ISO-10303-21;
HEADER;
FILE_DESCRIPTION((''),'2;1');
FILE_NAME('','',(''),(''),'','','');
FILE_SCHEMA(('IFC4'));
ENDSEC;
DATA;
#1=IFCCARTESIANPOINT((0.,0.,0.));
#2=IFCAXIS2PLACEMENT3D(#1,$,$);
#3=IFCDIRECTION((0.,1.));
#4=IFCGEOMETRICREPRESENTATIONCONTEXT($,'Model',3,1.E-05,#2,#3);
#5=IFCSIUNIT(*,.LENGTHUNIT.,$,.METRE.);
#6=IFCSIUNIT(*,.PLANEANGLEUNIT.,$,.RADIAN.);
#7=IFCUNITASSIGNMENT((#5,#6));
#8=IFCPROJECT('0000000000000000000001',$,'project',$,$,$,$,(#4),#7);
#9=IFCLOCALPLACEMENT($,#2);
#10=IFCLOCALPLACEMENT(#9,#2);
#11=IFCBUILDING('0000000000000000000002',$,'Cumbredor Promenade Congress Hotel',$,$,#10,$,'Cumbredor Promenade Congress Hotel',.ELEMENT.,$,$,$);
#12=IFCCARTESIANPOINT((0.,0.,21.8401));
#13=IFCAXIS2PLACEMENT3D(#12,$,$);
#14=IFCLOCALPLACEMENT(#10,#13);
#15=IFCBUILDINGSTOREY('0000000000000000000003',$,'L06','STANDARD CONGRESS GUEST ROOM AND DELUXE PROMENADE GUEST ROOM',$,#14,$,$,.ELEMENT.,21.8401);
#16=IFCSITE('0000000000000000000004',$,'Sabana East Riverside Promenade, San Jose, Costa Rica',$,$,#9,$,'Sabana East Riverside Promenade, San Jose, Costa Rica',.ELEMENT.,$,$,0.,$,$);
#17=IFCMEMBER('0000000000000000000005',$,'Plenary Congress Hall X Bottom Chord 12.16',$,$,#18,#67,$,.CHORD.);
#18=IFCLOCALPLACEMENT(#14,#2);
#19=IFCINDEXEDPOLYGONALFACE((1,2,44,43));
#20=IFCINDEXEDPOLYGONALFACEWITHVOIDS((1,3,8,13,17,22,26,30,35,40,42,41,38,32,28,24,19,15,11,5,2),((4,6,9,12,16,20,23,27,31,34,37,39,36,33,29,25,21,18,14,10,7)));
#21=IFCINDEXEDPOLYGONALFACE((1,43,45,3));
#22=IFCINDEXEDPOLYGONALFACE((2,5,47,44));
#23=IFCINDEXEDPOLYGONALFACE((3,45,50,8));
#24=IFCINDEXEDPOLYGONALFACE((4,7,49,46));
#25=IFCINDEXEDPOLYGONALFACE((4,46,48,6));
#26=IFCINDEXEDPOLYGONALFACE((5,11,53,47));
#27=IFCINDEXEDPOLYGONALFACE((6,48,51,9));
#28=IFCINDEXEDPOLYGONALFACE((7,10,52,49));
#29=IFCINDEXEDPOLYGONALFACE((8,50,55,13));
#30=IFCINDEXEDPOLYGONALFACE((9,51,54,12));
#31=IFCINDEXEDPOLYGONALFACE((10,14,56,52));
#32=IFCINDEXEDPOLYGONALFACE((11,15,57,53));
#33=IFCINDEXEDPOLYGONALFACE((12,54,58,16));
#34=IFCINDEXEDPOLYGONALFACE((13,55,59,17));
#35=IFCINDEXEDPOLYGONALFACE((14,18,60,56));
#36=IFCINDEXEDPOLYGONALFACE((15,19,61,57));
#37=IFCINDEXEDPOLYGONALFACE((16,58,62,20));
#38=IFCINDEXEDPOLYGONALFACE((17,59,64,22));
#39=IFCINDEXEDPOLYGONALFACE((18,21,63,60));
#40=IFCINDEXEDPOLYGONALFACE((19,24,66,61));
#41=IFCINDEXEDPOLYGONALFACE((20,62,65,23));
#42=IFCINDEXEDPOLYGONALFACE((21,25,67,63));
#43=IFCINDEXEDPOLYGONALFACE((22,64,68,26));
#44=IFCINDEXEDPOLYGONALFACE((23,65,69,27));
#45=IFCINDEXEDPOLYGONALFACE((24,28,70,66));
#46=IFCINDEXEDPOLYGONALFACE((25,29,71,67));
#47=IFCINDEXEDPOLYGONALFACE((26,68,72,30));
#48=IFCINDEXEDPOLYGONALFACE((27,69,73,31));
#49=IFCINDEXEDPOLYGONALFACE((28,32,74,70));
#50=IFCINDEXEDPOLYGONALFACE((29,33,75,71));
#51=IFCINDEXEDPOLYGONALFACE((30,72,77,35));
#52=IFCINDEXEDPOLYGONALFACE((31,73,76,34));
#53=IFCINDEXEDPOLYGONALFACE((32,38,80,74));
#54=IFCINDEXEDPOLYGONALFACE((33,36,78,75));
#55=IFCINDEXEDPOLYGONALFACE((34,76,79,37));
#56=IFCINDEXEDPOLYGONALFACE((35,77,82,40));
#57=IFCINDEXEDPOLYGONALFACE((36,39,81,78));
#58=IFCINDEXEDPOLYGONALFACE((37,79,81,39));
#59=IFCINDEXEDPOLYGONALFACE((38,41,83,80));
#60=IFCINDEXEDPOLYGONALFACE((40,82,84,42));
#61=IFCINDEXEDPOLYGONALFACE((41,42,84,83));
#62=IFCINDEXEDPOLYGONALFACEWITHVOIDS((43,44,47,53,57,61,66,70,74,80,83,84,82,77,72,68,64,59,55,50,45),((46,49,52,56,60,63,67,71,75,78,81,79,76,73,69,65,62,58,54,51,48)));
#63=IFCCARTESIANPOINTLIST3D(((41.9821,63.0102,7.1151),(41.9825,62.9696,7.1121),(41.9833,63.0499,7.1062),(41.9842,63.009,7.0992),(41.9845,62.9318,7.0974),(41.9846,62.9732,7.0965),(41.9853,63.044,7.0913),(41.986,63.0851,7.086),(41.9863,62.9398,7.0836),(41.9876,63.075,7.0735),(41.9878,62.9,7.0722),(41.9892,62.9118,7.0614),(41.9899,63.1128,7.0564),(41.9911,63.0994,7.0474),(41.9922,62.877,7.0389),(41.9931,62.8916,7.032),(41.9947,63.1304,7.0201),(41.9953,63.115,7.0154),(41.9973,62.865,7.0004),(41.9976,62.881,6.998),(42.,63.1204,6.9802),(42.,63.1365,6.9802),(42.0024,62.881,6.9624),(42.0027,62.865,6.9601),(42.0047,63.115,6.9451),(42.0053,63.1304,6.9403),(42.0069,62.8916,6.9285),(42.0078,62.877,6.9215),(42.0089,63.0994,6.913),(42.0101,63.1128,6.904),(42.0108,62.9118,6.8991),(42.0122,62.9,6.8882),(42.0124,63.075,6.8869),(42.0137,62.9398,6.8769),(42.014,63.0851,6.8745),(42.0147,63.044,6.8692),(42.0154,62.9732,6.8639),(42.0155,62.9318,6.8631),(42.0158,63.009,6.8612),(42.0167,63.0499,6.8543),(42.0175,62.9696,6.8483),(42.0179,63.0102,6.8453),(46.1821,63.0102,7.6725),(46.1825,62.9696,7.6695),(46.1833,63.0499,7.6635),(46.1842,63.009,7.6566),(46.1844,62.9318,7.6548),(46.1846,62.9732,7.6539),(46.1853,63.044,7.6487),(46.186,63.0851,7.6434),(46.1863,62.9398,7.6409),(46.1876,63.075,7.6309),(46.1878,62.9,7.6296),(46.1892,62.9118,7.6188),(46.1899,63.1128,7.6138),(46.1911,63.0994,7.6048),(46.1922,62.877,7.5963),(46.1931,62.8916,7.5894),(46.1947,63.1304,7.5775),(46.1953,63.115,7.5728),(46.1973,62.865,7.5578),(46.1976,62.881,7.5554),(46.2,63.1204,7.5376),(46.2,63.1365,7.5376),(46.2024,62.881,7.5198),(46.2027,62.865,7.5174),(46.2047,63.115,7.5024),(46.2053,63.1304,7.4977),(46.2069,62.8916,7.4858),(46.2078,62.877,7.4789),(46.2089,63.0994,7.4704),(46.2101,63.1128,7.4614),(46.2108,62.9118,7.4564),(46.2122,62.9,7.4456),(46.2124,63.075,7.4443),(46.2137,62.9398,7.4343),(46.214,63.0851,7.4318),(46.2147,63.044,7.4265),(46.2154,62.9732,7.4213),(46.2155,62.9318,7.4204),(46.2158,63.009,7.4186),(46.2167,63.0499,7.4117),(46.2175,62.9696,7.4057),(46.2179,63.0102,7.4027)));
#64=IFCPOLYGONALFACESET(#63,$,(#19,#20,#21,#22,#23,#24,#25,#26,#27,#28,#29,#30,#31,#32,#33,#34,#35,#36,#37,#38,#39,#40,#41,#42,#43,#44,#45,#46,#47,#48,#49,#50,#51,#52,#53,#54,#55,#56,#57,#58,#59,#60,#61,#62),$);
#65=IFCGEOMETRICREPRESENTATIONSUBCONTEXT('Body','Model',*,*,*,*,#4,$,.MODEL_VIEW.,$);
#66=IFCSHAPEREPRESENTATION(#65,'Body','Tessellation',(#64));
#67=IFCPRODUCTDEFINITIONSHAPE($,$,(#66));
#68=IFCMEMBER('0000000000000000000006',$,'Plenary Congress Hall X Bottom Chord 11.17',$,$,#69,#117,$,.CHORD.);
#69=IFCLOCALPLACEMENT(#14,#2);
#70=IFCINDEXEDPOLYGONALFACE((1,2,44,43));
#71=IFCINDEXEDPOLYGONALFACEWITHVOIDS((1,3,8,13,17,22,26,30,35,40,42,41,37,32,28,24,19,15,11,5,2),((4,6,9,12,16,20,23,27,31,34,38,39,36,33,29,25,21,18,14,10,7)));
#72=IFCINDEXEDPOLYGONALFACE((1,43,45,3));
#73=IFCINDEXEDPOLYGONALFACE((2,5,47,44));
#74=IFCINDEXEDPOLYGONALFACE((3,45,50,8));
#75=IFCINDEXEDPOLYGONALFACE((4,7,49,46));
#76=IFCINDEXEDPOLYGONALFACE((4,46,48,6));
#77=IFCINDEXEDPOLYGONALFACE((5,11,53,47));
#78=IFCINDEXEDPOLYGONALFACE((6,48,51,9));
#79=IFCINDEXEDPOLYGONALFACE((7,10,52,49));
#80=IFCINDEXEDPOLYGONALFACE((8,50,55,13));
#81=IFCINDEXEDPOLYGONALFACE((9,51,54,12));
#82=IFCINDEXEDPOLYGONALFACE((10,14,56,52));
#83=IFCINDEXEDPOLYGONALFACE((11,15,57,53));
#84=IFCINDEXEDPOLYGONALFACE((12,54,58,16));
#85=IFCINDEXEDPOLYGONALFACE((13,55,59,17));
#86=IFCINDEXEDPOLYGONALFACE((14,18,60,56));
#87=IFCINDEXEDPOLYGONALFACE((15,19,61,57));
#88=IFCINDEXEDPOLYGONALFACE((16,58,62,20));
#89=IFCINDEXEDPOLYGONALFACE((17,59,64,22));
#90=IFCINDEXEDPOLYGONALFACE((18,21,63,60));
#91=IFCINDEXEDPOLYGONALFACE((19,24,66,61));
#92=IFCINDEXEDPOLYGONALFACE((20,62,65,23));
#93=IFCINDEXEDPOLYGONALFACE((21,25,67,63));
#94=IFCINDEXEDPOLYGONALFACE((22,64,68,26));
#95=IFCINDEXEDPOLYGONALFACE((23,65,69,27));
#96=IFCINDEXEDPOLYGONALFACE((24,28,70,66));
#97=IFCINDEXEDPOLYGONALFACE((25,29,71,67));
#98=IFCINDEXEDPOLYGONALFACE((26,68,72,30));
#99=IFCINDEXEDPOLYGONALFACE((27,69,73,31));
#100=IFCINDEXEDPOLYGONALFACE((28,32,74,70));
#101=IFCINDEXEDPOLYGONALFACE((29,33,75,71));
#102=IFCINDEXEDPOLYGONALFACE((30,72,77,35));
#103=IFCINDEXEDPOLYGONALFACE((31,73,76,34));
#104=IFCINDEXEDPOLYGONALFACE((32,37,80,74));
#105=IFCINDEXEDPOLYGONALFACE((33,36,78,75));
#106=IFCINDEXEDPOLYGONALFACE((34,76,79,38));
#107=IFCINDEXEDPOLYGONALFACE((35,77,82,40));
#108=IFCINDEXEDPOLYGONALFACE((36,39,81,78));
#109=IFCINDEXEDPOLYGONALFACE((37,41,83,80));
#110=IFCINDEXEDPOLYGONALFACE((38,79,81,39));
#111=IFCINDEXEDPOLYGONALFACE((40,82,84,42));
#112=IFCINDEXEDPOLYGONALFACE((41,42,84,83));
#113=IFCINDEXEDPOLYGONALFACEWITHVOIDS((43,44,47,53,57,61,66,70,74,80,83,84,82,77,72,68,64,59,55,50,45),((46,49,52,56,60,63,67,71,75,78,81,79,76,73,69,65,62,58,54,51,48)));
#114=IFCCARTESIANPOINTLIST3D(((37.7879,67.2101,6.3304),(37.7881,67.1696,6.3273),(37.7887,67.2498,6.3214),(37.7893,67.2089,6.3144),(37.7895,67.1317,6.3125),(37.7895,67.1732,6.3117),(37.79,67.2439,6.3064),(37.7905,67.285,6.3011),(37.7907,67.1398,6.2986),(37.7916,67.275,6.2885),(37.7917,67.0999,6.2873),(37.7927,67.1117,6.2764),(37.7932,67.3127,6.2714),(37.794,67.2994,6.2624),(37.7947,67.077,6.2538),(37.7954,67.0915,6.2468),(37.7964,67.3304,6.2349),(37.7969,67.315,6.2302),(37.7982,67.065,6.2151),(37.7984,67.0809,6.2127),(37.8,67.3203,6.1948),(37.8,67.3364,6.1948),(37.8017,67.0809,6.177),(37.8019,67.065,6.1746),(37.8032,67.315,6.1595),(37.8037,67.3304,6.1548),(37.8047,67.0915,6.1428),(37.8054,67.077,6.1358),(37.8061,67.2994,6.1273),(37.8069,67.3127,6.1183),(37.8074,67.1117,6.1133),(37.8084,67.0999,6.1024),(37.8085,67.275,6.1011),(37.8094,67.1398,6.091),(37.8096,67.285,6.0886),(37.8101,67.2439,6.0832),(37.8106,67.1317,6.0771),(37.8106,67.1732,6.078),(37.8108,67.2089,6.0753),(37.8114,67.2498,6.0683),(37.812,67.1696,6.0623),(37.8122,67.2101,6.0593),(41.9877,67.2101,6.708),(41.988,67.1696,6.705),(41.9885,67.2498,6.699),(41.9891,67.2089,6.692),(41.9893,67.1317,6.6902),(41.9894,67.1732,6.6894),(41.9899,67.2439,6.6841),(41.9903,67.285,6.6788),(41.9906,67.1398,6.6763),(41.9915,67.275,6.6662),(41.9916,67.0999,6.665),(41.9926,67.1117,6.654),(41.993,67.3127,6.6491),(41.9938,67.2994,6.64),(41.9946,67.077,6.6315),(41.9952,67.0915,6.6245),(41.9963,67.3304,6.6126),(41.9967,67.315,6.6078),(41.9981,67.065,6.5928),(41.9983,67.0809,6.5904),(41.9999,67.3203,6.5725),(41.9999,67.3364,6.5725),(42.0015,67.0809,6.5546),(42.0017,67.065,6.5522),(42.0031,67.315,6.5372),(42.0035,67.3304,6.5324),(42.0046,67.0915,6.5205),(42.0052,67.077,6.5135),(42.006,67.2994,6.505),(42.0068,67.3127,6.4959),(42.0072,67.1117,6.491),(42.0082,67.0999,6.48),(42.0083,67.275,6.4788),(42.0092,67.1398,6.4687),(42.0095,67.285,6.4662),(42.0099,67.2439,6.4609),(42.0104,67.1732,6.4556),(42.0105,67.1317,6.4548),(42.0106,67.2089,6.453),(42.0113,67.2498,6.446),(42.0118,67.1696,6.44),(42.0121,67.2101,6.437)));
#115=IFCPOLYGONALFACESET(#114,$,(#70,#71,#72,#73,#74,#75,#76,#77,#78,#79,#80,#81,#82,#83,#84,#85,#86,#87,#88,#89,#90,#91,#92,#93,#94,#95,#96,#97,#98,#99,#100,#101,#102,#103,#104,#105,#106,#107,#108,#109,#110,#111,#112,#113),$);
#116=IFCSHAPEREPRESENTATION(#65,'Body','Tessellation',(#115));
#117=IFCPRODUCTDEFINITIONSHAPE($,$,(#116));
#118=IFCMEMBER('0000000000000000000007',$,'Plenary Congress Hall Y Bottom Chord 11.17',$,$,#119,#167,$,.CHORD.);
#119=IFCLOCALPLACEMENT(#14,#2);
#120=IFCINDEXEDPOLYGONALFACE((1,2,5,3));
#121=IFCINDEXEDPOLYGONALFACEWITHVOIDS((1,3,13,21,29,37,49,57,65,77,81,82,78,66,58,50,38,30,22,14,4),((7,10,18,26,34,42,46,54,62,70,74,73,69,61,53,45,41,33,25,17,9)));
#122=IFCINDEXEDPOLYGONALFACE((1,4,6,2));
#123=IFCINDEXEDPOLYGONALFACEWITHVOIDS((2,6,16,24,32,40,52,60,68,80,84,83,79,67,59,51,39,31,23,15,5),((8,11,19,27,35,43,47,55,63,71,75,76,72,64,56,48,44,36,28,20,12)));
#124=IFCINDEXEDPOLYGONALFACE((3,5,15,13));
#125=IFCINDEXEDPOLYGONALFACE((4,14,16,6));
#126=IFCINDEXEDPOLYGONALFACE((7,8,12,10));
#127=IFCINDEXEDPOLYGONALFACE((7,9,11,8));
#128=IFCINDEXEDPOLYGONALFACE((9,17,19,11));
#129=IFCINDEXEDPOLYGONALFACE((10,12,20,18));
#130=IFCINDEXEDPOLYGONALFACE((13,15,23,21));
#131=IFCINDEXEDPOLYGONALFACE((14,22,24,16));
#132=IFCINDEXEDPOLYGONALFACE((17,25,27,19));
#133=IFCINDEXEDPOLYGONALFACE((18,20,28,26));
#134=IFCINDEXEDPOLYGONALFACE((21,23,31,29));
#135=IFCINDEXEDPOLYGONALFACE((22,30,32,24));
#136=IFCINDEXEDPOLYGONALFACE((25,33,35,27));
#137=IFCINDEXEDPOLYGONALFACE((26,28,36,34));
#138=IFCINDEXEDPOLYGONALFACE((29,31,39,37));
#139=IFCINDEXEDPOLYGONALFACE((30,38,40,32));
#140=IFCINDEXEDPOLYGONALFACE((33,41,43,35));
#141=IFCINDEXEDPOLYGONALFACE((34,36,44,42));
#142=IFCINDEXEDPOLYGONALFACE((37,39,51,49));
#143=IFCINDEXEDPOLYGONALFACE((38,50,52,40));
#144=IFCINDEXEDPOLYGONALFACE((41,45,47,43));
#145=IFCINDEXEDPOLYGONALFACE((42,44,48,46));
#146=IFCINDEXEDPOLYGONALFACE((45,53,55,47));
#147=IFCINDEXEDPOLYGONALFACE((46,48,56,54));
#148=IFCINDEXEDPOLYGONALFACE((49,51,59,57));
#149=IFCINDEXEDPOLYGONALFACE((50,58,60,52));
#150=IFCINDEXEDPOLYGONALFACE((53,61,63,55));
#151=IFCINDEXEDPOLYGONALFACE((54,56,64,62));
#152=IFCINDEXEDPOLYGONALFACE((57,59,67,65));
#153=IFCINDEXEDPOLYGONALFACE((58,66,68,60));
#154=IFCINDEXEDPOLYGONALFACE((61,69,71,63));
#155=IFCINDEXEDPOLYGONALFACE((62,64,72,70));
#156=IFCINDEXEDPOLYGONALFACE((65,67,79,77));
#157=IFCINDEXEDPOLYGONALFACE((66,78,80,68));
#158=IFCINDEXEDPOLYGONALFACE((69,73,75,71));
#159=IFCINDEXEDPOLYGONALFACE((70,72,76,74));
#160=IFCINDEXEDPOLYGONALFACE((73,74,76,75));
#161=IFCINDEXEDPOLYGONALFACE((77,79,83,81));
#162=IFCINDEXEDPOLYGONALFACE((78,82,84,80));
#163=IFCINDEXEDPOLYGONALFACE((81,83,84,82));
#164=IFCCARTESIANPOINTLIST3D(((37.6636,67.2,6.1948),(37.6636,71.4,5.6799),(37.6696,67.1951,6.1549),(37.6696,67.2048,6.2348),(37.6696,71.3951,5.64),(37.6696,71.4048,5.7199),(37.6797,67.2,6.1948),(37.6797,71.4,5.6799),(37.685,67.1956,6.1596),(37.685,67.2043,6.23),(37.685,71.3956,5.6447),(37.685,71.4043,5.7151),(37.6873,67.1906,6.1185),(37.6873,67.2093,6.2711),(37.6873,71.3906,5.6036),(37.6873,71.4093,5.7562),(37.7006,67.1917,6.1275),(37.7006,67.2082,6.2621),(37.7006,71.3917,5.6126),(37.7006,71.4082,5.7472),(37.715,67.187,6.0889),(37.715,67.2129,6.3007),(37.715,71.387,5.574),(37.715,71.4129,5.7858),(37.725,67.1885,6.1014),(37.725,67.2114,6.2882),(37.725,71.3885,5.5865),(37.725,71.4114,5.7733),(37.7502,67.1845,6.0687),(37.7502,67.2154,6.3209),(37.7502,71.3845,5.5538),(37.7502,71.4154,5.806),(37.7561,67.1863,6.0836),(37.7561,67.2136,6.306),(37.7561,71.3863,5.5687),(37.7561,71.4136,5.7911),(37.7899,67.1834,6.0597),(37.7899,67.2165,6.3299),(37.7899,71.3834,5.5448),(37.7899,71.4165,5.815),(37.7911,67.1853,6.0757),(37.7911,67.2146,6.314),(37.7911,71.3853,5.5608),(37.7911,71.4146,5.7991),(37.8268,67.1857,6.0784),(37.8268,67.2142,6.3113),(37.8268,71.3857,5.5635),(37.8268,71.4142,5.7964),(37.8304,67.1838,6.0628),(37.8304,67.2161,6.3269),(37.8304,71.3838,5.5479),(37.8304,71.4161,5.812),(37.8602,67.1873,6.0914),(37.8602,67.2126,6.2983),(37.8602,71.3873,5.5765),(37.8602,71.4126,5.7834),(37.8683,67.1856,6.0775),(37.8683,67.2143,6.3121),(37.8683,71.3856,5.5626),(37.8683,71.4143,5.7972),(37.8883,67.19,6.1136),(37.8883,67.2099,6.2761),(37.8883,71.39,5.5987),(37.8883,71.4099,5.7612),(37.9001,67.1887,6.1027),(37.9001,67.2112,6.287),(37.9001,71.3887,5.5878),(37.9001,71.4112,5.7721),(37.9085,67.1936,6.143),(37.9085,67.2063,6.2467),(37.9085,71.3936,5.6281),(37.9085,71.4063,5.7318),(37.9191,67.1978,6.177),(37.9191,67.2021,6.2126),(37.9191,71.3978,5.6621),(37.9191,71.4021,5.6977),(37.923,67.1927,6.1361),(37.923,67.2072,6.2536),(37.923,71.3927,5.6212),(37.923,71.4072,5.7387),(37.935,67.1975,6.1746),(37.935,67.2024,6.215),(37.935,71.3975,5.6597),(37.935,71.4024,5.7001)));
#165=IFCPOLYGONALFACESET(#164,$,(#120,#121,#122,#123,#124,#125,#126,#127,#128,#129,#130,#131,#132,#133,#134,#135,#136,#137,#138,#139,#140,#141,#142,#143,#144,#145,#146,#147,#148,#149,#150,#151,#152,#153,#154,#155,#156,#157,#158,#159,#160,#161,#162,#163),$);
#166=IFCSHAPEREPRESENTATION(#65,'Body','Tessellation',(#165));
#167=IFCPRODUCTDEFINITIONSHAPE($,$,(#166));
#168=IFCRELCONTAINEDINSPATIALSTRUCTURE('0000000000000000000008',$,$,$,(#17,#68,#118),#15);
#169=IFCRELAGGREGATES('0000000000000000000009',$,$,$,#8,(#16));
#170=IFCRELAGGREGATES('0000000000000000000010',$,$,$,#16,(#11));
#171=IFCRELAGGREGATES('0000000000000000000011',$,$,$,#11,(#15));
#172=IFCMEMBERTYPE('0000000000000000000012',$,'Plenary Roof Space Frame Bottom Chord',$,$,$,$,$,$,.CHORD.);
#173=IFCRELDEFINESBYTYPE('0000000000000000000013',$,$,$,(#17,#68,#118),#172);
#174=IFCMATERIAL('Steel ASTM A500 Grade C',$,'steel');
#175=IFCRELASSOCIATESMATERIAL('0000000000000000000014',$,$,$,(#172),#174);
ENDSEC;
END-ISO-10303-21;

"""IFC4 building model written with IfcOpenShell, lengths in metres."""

from ifc_helpers import new_model, si_unit, direction, frame, origin, origin_2d, place, context, subcontext, project, spatial, hollow_circle, extrude, material, material_profile, profile_set, type_object, element, save


model = new_model("IFC4")

# Units and contexts
model_context = context("Model", 3, precision=1e-05, world=origin(), true_north=direction((0.0, 1.0)))
body_context = subcontext(model_context, "Body", "Model", "MODEL_VIEW")
ifc_project = project(units=[si_unit("LENGTHUNIT", "METRE"), si_unit("PLANEANGLEUNIT", "RADIAN")], contexts=[model_context])

# Site, building, storey
site_placement = place(None, origin())
site = spatial("IfcSite", under=ifc_project, at=site_placement, Name="Sabana East Riverside Promenade, San Jose, Costa Rica", LongName="Sabana East Riverside Promenade, San Jose, Costa Rica", CompositionType="ELEMENT", RefElevation=0.0)
building_placement = place(site_placement, origin())
building = spatial("IfcBuilding", under=site, at=building_placement, Name="Cumbredor Promenade Congress Hotel", LongName="Cumbredor Promenade Congress Hotel", CompositionType="ELEMENT")
storey_placement = place(building_placement, frame((0.0, 0.0, 21.8401)))
storey = spatial("IfcBuildingStorey", under=building, at=storey_placement, Name="L06", Description="STANDARD CONGRESS GUEST ROOM AND DELUXE PROMENADE GUEST ROOM", CompositionType="ELEMENT", Elevation=21.8401)

# Members
ifc_material_1 = material(Name="Steel ASTM A500 Grade C", Category="steel")
ifc_material_profile_1 = material_profile(ifc_material_1, hollow_circle(Radius=0.1365, WallThickness=0.0161, at=origin_2d()), Name="CHS 273.0x16")
ifc_profile_set_1 = profile_set([ifc_material_profile_1], Name="Steel ASTM A500 Grade C")
member_type_1 = type_object("IfcMemberType", Name="Plenary Roof Space Frame Bottom Chord", PredefinedType="CHORD", material=ifc_profile_set_1)
member_1_placement = place(storey_placement, frame((42.0, 63.0, 6.9802), z_axis=(0.991309, 0.0, 0.131556), x_axis=(0.0, 1.0, 0.0)))
element("IfcMember", 1, at=member_1_placement, inside=storey, type_object=member_type_1, Name="Plenary Congress Hall X Bottom Chord 12.16", PredefinedType="CHORD", context=body_context, shape_type="SweptSolid", body=[
    extrude(hollow_circle(Radius=0.1365, WallThickness=0.0161, at=origin_2d()), origin(), (0.0, 0.0, 1.0), 4.2368),
])
member_2_placement = place(storey_placement, frame((37.8, 67.2, 6.1948), z_axis=(0.995981, 0.0, 0.089565), x_axis=(0.0, 1.0, 0.0)))
element("IfcMember", 2, at=member_2_placement, inside=storey, type_object=member_type_1, Name="Plenary Congress Hall X Bottom Chord 11.17", PredefinedType="CHORD", context=body_context, shape_type="SweptSolid", body=[
    extrude(hollow_circle(Radius=0.1365, WallThickness=0.0161, at=origin_2d()), origin(), (0.0, 0.0, 1.0), 4.2168),
])
member_3_placement = place(storey_placement, frame((37.8, 67.2, 6.1948), z_axis=(0.0, 0.992569, -0.121684), x_axis=(-1.0, 0.0, 0.0)))
element("IfcMember", 3, at=member_3_placement, inside=storey, type_object=member_type_1, Name="Plenary Congress Hall Y Bottom Chord 11.17", PredefinedType="CHORD", context=body_context, shape_type="SweptSolid", body=[
    extrude(hollow_circle(Radius=0.1365, WallThickness=0.0161, at=origin_2d()), origin(), (0.0, 0.0, 1.0), 4.2314),
])

save(model, "model.ifc")
